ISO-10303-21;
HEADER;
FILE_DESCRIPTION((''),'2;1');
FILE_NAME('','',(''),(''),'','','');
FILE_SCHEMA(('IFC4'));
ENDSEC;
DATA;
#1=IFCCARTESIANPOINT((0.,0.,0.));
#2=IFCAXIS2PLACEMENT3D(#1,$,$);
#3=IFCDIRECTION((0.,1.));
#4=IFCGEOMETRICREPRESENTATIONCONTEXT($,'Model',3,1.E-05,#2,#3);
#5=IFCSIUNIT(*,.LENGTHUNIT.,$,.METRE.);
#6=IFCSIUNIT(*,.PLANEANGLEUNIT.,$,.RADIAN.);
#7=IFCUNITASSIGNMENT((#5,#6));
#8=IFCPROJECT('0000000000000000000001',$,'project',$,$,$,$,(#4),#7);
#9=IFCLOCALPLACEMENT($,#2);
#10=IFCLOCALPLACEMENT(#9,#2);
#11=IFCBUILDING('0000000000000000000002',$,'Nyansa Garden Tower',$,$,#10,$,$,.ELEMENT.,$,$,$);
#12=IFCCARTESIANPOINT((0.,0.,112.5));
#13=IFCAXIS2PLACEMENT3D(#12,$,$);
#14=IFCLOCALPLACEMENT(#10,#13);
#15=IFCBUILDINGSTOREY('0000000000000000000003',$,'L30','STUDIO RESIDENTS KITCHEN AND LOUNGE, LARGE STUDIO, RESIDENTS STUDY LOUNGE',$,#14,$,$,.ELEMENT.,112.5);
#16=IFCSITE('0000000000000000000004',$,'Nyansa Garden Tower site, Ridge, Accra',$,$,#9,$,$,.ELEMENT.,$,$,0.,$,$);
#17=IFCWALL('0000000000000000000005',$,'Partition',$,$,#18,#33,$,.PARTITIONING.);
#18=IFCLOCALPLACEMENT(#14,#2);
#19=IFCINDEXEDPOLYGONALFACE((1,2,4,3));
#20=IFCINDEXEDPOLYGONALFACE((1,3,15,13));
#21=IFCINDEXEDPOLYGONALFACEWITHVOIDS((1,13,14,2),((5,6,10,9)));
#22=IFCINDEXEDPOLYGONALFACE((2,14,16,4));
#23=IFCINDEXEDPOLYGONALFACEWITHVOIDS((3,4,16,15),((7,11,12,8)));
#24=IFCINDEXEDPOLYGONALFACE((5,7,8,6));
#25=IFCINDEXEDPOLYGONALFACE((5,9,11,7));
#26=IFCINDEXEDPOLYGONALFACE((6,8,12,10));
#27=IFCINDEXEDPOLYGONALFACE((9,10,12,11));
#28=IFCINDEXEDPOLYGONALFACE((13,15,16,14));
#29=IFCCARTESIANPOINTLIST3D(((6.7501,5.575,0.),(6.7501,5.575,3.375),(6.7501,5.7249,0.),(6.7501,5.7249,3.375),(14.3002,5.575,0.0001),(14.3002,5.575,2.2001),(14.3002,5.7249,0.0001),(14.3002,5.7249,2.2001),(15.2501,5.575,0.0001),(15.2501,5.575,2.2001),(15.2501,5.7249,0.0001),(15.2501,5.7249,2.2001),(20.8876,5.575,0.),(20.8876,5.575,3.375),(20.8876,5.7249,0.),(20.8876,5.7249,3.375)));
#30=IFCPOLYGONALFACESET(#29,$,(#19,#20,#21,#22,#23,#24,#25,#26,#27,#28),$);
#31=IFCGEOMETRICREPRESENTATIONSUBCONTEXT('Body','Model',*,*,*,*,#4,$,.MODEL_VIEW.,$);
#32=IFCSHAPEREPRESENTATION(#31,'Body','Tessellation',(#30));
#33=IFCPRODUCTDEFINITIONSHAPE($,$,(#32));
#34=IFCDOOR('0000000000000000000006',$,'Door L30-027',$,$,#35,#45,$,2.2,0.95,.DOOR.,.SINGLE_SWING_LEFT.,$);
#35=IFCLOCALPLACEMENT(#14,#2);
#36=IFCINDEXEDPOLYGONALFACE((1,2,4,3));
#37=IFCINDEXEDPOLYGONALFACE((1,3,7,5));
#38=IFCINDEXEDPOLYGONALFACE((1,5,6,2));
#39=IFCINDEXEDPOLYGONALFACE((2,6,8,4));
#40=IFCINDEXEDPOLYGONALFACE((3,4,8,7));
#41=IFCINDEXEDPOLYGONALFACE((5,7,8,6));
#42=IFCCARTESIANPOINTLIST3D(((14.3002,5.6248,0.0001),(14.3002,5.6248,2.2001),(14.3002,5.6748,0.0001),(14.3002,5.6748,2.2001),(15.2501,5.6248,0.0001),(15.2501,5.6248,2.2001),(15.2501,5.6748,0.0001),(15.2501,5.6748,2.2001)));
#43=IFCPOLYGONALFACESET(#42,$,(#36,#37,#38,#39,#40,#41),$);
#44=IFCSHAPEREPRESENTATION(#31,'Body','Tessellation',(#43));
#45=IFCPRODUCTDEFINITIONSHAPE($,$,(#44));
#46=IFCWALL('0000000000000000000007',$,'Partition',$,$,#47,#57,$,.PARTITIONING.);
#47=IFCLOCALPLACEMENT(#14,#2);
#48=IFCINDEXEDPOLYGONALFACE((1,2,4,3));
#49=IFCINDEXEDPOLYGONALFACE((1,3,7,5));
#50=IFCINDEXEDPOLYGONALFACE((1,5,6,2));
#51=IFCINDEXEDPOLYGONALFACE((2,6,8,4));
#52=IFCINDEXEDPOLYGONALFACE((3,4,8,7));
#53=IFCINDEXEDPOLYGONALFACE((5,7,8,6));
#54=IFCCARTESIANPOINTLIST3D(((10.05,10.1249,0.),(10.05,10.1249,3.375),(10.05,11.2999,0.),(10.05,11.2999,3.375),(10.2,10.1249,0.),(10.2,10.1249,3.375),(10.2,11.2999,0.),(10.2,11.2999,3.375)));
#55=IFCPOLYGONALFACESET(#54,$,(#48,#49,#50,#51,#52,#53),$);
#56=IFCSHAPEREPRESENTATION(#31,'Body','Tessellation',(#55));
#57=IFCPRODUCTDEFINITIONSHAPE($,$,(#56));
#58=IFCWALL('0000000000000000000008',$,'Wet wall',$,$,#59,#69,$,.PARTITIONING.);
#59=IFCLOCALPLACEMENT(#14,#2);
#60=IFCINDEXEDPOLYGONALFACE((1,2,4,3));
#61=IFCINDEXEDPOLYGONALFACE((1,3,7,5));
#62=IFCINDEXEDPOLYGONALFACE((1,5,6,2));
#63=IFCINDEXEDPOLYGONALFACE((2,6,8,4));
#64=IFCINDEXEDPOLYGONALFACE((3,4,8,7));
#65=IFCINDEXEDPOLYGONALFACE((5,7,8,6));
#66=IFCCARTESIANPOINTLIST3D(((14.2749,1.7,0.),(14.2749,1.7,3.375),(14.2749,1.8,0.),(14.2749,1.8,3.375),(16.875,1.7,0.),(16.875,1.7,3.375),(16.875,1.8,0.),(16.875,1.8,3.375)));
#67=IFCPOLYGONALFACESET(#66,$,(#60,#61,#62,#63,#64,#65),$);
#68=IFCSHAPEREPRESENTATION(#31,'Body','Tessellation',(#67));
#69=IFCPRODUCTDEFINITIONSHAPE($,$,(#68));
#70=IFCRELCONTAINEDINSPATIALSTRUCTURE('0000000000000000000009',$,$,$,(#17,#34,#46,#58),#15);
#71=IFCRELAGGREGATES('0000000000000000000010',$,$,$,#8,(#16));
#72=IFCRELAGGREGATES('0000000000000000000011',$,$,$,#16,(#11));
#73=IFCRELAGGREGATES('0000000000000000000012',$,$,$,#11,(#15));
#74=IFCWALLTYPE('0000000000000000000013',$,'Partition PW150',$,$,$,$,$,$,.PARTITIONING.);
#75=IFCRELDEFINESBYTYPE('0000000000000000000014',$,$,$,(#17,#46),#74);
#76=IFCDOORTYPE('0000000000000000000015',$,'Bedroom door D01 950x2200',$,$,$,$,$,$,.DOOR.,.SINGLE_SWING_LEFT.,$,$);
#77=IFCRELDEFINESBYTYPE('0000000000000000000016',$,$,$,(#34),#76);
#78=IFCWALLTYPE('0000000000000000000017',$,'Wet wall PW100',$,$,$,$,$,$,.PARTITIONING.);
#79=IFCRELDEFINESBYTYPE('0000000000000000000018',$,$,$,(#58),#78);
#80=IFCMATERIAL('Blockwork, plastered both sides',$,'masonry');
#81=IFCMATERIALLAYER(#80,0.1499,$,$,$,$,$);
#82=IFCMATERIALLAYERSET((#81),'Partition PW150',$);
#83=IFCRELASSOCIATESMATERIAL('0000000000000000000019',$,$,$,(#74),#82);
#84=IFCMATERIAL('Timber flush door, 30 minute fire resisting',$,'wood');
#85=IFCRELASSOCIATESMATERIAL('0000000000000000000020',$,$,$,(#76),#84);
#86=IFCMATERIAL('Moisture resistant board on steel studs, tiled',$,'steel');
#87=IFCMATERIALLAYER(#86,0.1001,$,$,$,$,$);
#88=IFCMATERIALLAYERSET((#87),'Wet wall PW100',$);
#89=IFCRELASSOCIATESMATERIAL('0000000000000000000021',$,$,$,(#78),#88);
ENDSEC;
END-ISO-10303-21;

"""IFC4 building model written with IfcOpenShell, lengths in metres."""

from ifc_helpers import new_model, si_unit, direction, frame, frame_2d, origin, place, context, subcontext, project, spatial, rectangle, extrude, material, layer, layer_set, type_object, element, fill, save


model = new_model("IFC4")

# Units and contexts
model_context = context("Model", 3, precision=1e-05, world=origin(), true_north=direction((0.0, 1.0)))
body_context = subcontext(model_context, "Body", "Model", "MODEL_VIEW")
ifc_project = project(units=[si_unit("LENGTHUNIT", "METRE"), si_unit("PLANEANGLEUNIT", "RADIAN")], contexts=[model_context])

# Site, building, storey
site_placement = place(None, origin())
site = spatial("IfcSite", under=ifc_project, at=site_placement, Name="Nyansa Garden Tower site, Ridge, Accra", CompositionType="ELEMENT", RefElevation=0.0)
building_placement = place(site_placement, origin())
building = spatial("IfcBuilding", under=site, at=building_placement, Name="Nyansa Garden Tower", CompositionType="ELEMENT")
storey_placement = place(building_placement, frame((0.0, 0.0, 112.5)))
storey = spatial("IfcBuildingStorey", under=building, at=storey_placement, Name="L30", Description="STUDIO RESIDENTS KITCHEN AND LOUNGE, LARGE STUDIO, RESIDENTS STUDY LOUNGE", CompositionType="ELEMENT", Elevation=112.5)

# Shared definitions
ifc_material_1 = material(Name="Blockwork, plastered both sides", Category="masonry")
ifc_layer_1 = layer(ifc_material_1, 0.1499)
ifc_layer_set_1 = layer_set([ifc_layer_1], Name="Partition PW150")
wall_type_1 = type_object("IfcWallType", Name="Partition PW150", PredefinedType="PARTITIONING", material=ifc_layer_set_1)

# Wall, opening, door
wall_1_placement = place(storey_placement, frame((6.75, 5.6499, 0.0), z_axis=(0.0, 0.0, 1.0), x_axis=(1.0, 0.0, 0.0)))
wall_1 = element("IfcWall", 1, at=wall_1_placement, inside=storey, type_object=wall_type_1, Name="Partition", PredefinedType="PARTITIONING", context=body_context, shape_type="SweptSolid", body=[
    extrude(rectangle(XDim=14.1375, YDim=0.1499, at=frame_2d((7.0688, 0.0))), origin(), (0.0, 0.0, 1.0), 3.375),
])
opening_1_placement = place(wall_1_placement, frame((7.55, 0.0, 0.0)))
opening_1 = element("IfcOpeningElement", 2, at=opening_1_placement, cuts=wall_1, PredefinedType="OPENING", context=body_context, shape_type="SweptSolid", body=[
    extrude(rectangle(XDim=0.95, YDim=2.2, at=frame_2d((0.4751, 1.1001))), frame((0.0, 0.085, 0.0), z_axis=(0.0, -1.0, 0.0), x_axis=(1.0, 0.0, 0.0)), (0.0, 0.0, 1.0), 0.1699),
])
ifc_material_2 = material(Name="Timber flush door, 30 minute fire resisting", Category="wood")
door_type_1 = type_object("IfcDoorType", Name="Bedroom door D01 950x2200", OperationType="SINGLE_SWING_LEFT", PredefinedType="DOOR", material=ifc_material_2)
door_1_placement = place(opening_1_placement, origin())
door_1 = element("IfcDoor", 3, at=door_1_placement, inside=storey, type_object=door_type_1, Name="Door L30-027", OperationType="SINGLE_SWING_LEFT", OverallHeight=2.2, OverallWidth=0.95, PredefinedType="DOOR", context=body_context, shape_type="SweptSolid", body=[
    extrude(rectangle(XDim=0.95, YDim=2.2, at=frame_2d((0.4751, 1.1001))), frame((0.0, 0.0249, 0.0), z_axis=(0.0, -1.0, 0.0), x_axis=(1.0, 0.0, 0.0)), (0.0, 0.0, 1.0), 0.05),
])
fill(opening_1, door_1)

# Walls
wall_2_placement = place(storey_placement, frame((10.125, 10.125, 0.0), z_axis=(0.0, 0.0, 1.0), x_axis=(0.0, 1.0, 0.0)))
element("IfcWall", 4, at=wall_2_placement, inside=storey, type_object=wall_type_1, Name="Partition", PredefinedType="PARTITIONING", context=body_context, shape_type="SweptSolid", body=[
    extrude(rectangle(XDim=1.175, YDim=0.1499, at=frame_2d((0.5874, 0.0))), origin(), (0.0, 0.0, 1.0), 3.375),
])
ifc_material_3 = material(Name="Moisture resistant board on steel studs, tiled", Category="steel")
ifc_layer_2 = layer(ifc_material_3, 0.1001)
ifc_layer_set_2 = layer_set([ifc_layer_2], Name="Wet wall PW100")
wall_type_2 = type_object("IfcWallType", Name="Wet wall PW100", PredefinedType="PARTITIONING", material=ifc_layer_set_2)
wall_3_placement = place(storey_placement, frame((14.2749, 1.75, 0.0), z_axis=(0.0, 0.0, 1.0), x_axis=(1.0, 0.0, 0.0)))
element("IfcWall", 5, at=wall_3_placement, inside=storey, type_object=wall_type_2, Name="Wet wall", PredefinedType="PARTITIONING", context=body_context, shape_type="SweptSolid", body=[
    extrude(rectangle(XDim=2.6001, YDim=0.1001, at=frame_2d((1.3, 0.0))), origin(), (0.0, 0.0, 1.0), 3.375),
])

save(model, "model.ifc")
